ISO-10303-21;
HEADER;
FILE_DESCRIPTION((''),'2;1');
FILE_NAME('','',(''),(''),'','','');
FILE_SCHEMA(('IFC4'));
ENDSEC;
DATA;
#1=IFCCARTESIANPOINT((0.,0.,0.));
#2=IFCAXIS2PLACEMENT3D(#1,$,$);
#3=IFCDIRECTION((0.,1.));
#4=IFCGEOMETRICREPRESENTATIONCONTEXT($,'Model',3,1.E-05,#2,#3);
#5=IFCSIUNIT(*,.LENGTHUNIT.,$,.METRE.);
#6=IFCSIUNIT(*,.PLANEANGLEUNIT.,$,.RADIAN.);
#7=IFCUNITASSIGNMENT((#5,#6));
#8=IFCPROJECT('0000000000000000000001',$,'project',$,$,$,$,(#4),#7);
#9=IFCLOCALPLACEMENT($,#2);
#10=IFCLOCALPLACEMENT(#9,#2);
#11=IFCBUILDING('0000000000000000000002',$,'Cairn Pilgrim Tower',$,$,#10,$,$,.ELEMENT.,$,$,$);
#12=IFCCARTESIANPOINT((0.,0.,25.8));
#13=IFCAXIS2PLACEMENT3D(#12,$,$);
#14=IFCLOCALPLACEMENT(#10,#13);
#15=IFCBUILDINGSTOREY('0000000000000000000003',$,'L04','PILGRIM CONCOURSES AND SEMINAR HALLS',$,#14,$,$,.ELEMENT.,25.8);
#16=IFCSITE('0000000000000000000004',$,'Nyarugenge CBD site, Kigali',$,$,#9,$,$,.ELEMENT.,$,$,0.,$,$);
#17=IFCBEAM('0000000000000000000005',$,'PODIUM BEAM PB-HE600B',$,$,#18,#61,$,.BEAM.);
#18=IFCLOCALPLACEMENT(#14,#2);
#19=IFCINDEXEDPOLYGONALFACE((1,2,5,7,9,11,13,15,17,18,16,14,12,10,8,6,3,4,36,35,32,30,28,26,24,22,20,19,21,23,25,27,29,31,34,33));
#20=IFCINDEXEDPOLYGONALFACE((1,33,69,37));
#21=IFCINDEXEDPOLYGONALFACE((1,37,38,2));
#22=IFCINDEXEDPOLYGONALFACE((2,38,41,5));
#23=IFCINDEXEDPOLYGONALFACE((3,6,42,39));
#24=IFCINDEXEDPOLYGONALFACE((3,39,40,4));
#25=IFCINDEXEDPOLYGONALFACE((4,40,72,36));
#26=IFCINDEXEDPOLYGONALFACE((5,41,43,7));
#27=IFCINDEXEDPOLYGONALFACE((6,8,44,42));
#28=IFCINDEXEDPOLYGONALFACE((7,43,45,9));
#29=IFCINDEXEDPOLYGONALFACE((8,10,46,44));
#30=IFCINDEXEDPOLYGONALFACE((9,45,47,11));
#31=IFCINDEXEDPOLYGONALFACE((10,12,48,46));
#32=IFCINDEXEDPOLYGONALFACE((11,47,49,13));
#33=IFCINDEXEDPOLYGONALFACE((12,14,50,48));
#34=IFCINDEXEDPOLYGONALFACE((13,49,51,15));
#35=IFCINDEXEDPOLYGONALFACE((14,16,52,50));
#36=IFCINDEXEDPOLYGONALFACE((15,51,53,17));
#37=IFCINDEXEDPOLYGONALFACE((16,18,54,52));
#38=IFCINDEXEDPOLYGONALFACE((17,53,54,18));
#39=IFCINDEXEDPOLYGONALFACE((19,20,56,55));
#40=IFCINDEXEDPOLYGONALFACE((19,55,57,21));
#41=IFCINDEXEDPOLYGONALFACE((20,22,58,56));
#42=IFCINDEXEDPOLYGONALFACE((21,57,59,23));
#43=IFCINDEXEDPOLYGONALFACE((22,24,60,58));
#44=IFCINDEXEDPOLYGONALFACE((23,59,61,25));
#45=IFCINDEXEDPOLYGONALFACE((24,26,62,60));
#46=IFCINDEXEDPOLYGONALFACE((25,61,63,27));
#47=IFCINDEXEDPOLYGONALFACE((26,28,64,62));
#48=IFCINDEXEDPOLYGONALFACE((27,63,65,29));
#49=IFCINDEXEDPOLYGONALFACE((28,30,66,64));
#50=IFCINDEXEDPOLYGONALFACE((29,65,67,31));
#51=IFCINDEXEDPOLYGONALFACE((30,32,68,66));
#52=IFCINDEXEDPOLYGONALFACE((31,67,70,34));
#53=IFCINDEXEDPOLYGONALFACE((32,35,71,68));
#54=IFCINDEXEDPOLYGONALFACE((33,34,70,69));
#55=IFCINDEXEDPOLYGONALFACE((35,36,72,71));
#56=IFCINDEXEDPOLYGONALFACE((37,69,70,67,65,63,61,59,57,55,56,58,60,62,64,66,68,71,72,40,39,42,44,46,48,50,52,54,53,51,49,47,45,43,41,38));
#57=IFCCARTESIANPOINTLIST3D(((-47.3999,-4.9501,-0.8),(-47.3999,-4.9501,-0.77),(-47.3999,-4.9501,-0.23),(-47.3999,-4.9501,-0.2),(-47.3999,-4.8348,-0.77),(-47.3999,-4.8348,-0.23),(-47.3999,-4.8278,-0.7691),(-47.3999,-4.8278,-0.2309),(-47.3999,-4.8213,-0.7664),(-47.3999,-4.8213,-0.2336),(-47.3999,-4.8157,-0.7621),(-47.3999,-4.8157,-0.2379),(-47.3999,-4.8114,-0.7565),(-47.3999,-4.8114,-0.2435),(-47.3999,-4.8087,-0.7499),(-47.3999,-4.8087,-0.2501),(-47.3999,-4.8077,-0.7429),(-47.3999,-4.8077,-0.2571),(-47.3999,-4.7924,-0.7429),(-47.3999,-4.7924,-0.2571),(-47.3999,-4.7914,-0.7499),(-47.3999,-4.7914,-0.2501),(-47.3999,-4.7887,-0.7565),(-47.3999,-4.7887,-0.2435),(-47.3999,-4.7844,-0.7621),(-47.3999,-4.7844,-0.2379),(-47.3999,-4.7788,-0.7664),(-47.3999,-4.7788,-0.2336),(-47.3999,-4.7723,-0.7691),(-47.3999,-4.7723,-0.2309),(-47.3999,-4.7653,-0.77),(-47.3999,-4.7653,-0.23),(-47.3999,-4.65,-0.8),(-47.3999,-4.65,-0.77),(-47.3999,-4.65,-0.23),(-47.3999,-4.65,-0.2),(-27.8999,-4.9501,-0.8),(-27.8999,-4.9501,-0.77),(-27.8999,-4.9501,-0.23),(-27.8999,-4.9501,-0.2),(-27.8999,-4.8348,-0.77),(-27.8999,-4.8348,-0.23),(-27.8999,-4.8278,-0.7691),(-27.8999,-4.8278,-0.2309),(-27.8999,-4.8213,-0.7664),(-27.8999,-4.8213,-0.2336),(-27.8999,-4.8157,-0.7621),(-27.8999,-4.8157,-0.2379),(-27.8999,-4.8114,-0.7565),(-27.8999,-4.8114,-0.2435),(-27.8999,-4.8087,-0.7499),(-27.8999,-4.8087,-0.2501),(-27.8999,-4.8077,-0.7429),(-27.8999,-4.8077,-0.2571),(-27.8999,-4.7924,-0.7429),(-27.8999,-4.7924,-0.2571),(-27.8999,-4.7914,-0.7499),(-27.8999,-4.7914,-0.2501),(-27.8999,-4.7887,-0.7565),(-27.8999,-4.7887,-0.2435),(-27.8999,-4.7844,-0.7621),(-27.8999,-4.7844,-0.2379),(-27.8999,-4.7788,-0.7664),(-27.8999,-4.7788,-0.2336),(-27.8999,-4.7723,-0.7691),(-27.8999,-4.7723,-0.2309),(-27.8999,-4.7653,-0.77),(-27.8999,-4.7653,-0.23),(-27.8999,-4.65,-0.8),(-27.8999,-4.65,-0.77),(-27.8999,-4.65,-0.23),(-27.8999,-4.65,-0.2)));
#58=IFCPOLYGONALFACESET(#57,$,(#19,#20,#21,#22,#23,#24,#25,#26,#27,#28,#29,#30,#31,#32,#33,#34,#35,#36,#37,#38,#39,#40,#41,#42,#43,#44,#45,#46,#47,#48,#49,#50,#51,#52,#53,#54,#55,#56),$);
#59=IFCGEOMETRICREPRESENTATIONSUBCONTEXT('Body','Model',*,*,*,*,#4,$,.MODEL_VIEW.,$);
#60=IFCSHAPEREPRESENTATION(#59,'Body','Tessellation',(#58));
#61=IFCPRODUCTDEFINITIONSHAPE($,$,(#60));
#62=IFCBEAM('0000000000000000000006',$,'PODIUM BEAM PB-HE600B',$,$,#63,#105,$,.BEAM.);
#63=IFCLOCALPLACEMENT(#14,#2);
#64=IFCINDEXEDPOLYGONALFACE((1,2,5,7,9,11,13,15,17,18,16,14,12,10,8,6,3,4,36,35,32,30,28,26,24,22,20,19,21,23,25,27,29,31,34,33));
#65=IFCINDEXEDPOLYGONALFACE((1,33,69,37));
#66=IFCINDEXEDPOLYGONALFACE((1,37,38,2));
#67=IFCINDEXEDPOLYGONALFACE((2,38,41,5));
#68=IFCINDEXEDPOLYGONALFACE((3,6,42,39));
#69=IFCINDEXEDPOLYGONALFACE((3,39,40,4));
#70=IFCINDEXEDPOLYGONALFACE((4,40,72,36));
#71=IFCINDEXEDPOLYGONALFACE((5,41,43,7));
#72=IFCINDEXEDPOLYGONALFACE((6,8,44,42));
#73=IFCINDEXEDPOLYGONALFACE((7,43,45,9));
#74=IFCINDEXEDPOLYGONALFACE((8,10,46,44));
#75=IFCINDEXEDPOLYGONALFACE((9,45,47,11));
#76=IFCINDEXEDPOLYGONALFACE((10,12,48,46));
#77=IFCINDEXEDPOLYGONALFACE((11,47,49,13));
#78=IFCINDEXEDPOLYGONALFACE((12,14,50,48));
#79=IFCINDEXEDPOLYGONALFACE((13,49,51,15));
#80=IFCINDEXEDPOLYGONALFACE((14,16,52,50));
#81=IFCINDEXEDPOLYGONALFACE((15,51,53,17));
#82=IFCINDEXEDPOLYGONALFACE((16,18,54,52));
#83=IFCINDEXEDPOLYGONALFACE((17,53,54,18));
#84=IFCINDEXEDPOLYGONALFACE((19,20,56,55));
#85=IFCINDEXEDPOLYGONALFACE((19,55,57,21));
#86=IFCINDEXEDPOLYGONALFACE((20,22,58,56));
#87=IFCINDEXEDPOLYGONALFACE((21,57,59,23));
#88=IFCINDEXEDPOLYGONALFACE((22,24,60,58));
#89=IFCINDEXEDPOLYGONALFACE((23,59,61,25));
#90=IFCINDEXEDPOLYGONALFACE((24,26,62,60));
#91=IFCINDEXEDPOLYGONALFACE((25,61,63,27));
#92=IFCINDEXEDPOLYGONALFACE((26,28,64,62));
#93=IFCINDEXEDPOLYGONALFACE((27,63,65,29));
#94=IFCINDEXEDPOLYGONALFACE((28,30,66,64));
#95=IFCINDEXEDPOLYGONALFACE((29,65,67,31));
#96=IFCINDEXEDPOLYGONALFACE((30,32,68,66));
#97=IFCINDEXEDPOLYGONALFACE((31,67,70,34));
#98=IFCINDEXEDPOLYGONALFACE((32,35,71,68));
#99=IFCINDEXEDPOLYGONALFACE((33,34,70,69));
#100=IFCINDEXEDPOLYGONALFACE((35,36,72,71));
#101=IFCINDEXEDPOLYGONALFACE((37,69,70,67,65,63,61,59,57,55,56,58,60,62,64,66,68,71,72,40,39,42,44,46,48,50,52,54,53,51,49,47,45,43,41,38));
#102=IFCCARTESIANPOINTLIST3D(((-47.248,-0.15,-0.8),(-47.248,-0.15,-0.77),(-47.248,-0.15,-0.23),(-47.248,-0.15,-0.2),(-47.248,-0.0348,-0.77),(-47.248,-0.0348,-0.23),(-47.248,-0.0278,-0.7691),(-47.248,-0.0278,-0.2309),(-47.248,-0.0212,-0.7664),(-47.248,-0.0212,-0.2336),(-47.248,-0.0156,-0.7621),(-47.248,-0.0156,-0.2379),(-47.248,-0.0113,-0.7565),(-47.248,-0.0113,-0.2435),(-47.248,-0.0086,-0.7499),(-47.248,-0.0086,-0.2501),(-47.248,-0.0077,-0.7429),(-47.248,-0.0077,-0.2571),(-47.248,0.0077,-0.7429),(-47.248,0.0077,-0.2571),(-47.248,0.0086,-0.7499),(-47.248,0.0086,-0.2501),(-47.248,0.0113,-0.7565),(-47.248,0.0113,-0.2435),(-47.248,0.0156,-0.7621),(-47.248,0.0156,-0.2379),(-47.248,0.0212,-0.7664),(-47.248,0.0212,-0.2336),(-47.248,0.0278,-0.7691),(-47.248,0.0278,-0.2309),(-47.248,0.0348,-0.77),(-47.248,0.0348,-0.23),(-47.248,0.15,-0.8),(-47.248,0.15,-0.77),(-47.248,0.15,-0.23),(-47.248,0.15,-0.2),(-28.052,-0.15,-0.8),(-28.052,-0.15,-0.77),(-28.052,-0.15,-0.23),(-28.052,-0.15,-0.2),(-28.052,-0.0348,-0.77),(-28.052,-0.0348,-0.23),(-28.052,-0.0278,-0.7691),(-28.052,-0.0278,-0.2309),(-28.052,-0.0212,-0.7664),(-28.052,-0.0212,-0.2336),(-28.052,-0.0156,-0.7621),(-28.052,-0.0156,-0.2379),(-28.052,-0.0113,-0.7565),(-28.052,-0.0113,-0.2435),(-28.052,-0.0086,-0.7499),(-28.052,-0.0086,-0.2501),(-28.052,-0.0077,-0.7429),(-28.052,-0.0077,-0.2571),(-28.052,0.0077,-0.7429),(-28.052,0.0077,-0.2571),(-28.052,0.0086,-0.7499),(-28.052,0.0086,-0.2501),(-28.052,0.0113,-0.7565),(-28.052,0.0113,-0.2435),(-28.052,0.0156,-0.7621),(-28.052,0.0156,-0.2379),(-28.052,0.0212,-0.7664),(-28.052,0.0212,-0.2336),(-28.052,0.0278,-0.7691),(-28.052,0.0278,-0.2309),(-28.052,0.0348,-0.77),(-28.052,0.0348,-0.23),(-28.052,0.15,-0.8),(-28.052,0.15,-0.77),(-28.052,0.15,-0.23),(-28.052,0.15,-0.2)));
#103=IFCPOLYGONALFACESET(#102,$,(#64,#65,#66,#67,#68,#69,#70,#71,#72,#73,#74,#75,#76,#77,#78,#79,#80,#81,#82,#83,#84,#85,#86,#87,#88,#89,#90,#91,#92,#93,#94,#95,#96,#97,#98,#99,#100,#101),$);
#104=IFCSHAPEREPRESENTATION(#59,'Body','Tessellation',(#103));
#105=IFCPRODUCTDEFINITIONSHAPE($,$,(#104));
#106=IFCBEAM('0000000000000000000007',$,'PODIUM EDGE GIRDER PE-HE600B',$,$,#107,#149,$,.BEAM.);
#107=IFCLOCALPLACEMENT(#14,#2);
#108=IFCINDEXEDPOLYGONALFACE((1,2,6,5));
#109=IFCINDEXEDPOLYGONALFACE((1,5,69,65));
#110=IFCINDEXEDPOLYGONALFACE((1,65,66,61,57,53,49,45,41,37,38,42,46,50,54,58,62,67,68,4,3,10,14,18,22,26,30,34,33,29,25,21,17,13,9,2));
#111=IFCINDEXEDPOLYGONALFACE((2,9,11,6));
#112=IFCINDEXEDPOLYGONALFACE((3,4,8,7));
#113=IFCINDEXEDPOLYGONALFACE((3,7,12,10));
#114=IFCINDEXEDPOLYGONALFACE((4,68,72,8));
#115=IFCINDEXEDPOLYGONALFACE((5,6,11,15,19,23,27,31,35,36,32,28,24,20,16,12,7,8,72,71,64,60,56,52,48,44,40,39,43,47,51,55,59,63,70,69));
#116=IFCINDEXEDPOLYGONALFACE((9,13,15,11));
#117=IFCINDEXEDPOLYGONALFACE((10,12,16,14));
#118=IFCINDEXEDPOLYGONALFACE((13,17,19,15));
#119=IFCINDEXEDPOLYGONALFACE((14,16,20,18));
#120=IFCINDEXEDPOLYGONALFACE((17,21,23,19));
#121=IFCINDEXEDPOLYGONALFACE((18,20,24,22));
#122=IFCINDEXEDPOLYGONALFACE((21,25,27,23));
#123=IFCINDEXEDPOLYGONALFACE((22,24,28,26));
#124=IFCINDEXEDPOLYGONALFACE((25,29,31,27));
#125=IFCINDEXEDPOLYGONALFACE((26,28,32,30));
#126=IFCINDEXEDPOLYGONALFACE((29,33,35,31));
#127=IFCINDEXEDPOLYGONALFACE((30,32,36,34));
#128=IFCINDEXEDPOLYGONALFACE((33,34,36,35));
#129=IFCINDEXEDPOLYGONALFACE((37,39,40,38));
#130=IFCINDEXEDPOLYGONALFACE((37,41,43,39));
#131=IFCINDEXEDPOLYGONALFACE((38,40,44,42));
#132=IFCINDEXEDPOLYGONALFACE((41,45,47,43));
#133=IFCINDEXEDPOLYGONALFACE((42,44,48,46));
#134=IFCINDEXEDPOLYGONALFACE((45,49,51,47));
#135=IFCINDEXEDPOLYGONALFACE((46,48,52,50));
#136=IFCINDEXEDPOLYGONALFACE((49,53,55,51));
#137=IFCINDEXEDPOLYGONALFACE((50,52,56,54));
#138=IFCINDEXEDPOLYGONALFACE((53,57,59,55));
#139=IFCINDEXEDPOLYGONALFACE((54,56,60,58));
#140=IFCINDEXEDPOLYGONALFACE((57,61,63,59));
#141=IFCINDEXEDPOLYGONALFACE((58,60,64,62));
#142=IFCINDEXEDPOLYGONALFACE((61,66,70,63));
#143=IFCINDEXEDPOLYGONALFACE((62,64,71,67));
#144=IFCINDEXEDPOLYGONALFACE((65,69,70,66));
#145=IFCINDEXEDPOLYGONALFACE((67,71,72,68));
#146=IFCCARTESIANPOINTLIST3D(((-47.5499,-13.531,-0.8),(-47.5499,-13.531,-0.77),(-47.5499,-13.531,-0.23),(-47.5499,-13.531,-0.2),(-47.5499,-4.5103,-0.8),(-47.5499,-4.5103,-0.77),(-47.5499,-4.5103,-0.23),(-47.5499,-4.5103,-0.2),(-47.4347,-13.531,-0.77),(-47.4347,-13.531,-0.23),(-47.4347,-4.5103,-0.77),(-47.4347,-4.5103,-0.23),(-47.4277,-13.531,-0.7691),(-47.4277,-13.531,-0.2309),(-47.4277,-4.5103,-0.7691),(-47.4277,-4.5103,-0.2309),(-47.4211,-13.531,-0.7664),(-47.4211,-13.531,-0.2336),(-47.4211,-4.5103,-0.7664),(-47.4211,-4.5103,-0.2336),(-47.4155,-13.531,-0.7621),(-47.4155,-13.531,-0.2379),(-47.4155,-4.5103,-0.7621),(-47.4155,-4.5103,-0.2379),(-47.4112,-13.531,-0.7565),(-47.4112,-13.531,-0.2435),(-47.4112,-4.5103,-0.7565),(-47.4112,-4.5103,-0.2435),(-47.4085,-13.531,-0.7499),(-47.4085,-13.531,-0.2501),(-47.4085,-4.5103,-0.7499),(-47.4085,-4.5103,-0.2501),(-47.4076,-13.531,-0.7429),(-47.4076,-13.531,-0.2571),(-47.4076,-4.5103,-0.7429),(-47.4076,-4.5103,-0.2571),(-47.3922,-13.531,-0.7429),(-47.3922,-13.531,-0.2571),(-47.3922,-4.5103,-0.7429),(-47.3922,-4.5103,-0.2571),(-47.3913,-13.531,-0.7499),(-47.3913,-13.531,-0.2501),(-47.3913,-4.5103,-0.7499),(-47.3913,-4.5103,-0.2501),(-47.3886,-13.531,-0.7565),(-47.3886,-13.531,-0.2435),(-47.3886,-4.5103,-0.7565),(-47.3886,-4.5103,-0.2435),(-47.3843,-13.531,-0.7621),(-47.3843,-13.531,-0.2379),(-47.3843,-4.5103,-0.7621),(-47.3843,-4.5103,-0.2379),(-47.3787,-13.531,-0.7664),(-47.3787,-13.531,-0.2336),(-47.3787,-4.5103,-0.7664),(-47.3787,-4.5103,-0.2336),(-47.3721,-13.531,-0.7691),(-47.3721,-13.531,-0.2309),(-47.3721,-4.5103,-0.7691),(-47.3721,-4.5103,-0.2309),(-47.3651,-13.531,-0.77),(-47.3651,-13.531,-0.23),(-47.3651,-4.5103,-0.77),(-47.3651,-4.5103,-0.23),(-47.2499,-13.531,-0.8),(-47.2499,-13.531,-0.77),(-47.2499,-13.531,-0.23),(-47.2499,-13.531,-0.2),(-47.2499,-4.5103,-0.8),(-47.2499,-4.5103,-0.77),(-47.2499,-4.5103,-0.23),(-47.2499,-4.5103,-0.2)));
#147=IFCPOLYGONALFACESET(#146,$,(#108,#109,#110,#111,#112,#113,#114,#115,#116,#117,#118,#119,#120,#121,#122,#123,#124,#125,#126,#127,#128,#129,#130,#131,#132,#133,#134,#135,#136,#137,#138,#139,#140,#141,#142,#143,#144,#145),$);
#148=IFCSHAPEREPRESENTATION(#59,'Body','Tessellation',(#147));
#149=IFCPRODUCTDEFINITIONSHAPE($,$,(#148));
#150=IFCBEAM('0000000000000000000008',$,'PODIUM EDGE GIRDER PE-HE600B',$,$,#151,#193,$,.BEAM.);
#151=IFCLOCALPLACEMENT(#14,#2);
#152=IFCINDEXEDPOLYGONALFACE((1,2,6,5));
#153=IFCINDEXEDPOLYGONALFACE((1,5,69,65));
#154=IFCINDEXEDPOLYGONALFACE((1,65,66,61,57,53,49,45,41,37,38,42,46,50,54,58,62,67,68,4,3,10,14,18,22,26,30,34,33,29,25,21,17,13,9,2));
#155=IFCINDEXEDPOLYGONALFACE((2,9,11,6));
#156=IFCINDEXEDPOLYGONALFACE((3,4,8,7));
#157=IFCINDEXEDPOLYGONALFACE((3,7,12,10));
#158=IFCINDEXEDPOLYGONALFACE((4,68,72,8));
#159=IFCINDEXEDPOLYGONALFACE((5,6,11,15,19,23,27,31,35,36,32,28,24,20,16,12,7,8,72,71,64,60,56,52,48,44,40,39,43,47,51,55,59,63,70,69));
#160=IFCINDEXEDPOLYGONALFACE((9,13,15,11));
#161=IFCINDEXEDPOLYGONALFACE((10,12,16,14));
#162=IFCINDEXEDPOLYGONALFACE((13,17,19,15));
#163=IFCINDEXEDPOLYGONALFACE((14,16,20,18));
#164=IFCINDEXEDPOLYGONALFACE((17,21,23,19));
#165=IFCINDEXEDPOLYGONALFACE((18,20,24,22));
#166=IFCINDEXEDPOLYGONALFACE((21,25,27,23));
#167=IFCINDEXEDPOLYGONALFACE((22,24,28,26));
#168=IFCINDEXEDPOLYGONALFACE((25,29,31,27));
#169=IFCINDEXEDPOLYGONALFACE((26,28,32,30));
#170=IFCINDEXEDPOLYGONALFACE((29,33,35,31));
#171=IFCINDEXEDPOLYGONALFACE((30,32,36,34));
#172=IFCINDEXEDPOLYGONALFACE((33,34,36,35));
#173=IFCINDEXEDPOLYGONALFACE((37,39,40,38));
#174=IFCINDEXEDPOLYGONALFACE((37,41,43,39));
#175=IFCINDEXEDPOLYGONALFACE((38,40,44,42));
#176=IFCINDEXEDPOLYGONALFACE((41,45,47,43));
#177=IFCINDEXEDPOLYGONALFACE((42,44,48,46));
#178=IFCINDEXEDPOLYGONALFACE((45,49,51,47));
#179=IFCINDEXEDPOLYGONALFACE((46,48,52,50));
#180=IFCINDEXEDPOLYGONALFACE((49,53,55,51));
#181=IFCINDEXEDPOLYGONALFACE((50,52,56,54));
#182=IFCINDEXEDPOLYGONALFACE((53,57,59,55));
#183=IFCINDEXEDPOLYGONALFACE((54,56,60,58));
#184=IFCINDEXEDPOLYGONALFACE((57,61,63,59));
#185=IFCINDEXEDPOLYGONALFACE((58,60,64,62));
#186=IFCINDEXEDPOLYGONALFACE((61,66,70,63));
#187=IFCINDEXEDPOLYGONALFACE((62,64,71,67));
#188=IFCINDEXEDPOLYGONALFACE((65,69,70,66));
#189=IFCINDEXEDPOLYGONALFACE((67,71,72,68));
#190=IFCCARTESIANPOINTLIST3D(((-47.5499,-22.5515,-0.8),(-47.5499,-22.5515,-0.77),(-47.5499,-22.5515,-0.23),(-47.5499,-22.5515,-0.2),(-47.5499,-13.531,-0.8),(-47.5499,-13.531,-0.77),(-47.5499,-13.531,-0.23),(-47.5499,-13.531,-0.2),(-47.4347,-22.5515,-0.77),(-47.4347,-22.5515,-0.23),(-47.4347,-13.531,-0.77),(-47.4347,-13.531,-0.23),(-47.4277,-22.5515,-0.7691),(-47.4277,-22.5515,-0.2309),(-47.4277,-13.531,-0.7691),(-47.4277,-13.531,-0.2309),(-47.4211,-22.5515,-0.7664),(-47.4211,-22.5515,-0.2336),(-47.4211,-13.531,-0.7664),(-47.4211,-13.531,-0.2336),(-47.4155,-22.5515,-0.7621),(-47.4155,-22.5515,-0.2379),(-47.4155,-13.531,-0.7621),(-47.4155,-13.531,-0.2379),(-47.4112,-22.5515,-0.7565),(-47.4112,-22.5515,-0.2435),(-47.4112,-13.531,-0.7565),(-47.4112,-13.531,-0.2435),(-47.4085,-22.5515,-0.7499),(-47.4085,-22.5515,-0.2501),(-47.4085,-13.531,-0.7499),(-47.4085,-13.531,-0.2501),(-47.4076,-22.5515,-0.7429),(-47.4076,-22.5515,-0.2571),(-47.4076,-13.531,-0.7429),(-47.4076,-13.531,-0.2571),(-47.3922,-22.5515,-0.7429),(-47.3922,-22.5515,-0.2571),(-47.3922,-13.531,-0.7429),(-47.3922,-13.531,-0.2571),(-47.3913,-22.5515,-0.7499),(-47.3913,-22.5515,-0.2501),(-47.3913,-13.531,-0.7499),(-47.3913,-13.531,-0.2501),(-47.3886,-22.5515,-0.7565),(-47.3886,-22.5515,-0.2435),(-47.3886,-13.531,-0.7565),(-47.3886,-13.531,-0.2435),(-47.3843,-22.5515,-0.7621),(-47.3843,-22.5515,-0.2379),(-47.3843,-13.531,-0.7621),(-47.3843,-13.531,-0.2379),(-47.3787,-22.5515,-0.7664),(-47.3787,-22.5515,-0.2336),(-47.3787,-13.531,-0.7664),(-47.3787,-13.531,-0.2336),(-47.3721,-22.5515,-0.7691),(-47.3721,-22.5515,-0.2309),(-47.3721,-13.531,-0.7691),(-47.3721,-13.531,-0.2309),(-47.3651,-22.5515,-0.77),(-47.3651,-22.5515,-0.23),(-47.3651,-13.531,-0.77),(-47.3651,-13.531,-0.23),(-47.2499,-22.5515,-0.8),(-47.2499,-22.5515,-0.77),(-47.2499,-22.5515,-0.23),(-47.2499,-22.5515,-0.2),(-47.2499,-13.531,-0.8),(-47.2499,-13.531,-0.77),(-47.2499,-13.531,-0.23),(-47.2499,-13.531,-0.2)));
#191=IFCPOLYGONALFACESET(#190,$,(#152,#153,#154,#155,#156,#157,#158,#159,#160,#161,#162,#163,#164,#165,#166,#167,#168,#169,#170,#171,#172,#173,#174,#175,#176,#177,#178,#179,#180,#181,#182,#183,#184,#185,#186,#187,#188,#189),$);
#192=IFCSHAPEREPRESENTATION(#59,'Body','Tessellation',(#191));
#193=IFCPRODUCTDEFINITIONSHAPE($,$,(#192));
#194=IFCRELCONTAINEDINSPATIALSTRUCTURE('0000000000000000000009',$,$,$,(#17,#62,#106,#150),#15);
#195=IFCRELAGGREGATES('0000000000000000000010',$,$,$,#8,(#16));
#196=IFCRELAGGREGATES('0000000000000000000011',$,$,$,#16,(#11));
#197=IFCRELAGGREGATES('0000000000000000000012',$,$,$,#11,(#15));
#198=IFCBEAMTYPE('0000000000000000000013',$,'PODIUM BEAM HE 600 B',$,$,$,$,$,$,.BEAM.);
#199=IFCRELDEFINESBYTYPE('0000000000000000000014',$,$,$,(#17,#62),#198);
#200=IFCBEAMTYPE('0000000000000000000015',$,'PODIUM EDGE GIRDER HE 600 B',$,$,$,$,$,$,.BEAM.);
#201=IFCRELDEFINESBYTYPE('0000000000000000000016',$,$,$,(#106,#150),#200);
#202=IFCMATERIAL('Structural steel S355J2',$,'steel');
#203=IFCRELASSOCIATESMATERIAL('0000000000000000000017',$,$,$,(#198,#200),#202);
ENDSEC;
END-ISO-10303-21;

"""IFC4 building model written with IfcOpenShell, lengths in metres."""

from ifc_helpers import new_model, si_unit, direction, frame, origin, origin_2d, place, context, subcontext, project, spatial, i_section, extrude, material, material_profile, profile_set, type_object, element, save


model = new_model("IFC4")

# Units and contexts
model_context = context("Model", 3, precision=1e-05, world=origin(), true_north=direction((0.0, 1.0)))
body_context = subcontext(model_context, "Body", "Model", "MODEL_VIEW")
ifc_project = project(units=[si_unit("LENGTHUNIT", "METRE"), si_unit("PLANEANGLEUNIT", "RADIAN")], contexts=[model_context])

# Site, building, storey
site_placement = place(None, origin())
site = spatial("IfcSite", under=ifc_project, at=site_placement, Name="Nyarugenge CBD site, Kigali", CompositionType="ELEMENT", RefElevation=0.0)
building_placement = place(site_placement, origin())
building = spatial("IfcBuilding", under=site, at=building_placement, Name="Cairn Pilgrim Tower", CompositionType="ELEMENT")
storey_placement = place(building_placement, frame((0.0, 0.0, 25.8)))
storey = spatial("IfcBuildingStorey", under=building, at=storey_placement, Name="L04", Description="PILGRIM CONCOURSES AND SEMINAR HALLS", CompositionType="ELEMENT", Elevation=25.8)

# Beams
ifc_material_1 = material(Name="Structural steel S355J2", Category="steel")
ifc_material_profile_1 = material_profile(ifc_material_1, i_section(OverallWidth=0.3, OverallDepth=0.6001, WebThickness=0.0154, FlangeThickness=0.03, FilletRadius=0.0271, at=origin_2d()), Name="HEB 600")
ifc_profile_set_1 = profile_set([ifc_material_profile_1], Name="Structural steel S355J2")
beam_type_1 = type_object("IfcBeamType", Name="PODIUM BEAM HE 600 B", PredefinedType="BEAM", material=ifc_profile_set_1)
beam_1_placement = place(storey_placement, frame((-47.3999, -4.8, -0.5), z_axis=(1.0, 0.0, 0.0), x_axis=(0.0, 1.0, 0.0)))
element("IfcBeam", 1, at=beam_1_placement, inside=storey, type_object=beam_type_1, Name="PODIUM BEAM PB-HE600B", PredefinedType="BEAM", context=body_context, shape_type="SweptSolid", body=[
    extrude(i_section(OverallWidth=0.3, OverallDepth=0.6001, WebThickness=0.0154, FlangeThickness=0.03, FilletRadius=0.0271, at=origin_2d()), origin(), (0.0, 0.0, 1.0), 19.5),
])
beam_2_placement = place(storey_placement, frame((-47.248, 0.0, -0.5), z_axis=(1.0, 0.0, 0.0), x_axis=(0.0, 1.0, 0.0)))
element("IfcBeam", 2, at=beam_2_placement, inside=storey, type_object=beam_type_1, Name="PODIUM BEAM PB-HE600B", PredefinedType="BEAM", context=body_context, shape_type="SweptSolid", body=[
    extrude(i_section(OverallWidth=0.3, OverallDepth=0.6001, WebThickness=0.0154, FlangeThickness=0.03, FilletRadius=0.0271, at=origin_2d()), origin(), (0.0, 0.0, 1.0), 19.196),
])
ifc_material_profile_2 = material_profile(ifc_material_1, i_section(OverallWidth=0.3, OverallDepth=0.6001, WebThickness=0.0154, FlangeThickness=0.03, FilletRadius=0.0271, at=origin_2d()), Name="HEB 600")
ifc_profile_set_2 = profile_set([ifc_material_profile_2], Name="Structural steel S355J2")
beam_type_2 = type_object("IfcBeamType", Name="PODIUM EDGE GIRDER HE 600 B", PredefinedType="BEAM", material=ifc_profile_set_2)
beam_3_placement = place(storey_placement, frame((-47.3999, -4.5103, -0.5), z_axis=(0.0, -1.0, 0.0), x_axis=(1.0, 0.0, 0.0)))
element("IfcBeam", 3, at=beam_3_placement, inside=storey, type_object=beam_type_2, Name="PODIUM EDGE GIRDER PE-HE600B", PredefinedType="BEAM", context=body_context, shape_type="SweptSolid", body=[
    extrude(i_section(OverallWidth=0.3, OverallDepth=0.6001, WebThickness=0.0154, FlangeThickness=0.03, FilletRadius=0.0271, at=origin_2d()), origin(), (0.0, 0.0, 1.0), 9.0208),
])
beam_4_placement = place(storey_placement, frame((-47.3999, -13.531, -0.5), z_axis=(0.0, -1.0, 0.0), x_axis=(1.0, 0.0, 0.0)))
element("IfcBeam", 4, at=beam_4_placement, inside=storey, type_object=beam_type_2, Name="PODIUM EDGE GIRDER PE-HE600B", PredefinedType="BEAM", context=body_context, shape_type="SweptSolid", body=[
    extrude(i_section(OverallWidth=0.3, OverallDepth=0.6001, WebThickness=0.0154, FlangeThickness=0.03, FilletRadius=0.0271, at=origin_2d()), origin(), (0.0, 0.0, 1.0), 9.0205),
])

save(model, "model.ifc")
